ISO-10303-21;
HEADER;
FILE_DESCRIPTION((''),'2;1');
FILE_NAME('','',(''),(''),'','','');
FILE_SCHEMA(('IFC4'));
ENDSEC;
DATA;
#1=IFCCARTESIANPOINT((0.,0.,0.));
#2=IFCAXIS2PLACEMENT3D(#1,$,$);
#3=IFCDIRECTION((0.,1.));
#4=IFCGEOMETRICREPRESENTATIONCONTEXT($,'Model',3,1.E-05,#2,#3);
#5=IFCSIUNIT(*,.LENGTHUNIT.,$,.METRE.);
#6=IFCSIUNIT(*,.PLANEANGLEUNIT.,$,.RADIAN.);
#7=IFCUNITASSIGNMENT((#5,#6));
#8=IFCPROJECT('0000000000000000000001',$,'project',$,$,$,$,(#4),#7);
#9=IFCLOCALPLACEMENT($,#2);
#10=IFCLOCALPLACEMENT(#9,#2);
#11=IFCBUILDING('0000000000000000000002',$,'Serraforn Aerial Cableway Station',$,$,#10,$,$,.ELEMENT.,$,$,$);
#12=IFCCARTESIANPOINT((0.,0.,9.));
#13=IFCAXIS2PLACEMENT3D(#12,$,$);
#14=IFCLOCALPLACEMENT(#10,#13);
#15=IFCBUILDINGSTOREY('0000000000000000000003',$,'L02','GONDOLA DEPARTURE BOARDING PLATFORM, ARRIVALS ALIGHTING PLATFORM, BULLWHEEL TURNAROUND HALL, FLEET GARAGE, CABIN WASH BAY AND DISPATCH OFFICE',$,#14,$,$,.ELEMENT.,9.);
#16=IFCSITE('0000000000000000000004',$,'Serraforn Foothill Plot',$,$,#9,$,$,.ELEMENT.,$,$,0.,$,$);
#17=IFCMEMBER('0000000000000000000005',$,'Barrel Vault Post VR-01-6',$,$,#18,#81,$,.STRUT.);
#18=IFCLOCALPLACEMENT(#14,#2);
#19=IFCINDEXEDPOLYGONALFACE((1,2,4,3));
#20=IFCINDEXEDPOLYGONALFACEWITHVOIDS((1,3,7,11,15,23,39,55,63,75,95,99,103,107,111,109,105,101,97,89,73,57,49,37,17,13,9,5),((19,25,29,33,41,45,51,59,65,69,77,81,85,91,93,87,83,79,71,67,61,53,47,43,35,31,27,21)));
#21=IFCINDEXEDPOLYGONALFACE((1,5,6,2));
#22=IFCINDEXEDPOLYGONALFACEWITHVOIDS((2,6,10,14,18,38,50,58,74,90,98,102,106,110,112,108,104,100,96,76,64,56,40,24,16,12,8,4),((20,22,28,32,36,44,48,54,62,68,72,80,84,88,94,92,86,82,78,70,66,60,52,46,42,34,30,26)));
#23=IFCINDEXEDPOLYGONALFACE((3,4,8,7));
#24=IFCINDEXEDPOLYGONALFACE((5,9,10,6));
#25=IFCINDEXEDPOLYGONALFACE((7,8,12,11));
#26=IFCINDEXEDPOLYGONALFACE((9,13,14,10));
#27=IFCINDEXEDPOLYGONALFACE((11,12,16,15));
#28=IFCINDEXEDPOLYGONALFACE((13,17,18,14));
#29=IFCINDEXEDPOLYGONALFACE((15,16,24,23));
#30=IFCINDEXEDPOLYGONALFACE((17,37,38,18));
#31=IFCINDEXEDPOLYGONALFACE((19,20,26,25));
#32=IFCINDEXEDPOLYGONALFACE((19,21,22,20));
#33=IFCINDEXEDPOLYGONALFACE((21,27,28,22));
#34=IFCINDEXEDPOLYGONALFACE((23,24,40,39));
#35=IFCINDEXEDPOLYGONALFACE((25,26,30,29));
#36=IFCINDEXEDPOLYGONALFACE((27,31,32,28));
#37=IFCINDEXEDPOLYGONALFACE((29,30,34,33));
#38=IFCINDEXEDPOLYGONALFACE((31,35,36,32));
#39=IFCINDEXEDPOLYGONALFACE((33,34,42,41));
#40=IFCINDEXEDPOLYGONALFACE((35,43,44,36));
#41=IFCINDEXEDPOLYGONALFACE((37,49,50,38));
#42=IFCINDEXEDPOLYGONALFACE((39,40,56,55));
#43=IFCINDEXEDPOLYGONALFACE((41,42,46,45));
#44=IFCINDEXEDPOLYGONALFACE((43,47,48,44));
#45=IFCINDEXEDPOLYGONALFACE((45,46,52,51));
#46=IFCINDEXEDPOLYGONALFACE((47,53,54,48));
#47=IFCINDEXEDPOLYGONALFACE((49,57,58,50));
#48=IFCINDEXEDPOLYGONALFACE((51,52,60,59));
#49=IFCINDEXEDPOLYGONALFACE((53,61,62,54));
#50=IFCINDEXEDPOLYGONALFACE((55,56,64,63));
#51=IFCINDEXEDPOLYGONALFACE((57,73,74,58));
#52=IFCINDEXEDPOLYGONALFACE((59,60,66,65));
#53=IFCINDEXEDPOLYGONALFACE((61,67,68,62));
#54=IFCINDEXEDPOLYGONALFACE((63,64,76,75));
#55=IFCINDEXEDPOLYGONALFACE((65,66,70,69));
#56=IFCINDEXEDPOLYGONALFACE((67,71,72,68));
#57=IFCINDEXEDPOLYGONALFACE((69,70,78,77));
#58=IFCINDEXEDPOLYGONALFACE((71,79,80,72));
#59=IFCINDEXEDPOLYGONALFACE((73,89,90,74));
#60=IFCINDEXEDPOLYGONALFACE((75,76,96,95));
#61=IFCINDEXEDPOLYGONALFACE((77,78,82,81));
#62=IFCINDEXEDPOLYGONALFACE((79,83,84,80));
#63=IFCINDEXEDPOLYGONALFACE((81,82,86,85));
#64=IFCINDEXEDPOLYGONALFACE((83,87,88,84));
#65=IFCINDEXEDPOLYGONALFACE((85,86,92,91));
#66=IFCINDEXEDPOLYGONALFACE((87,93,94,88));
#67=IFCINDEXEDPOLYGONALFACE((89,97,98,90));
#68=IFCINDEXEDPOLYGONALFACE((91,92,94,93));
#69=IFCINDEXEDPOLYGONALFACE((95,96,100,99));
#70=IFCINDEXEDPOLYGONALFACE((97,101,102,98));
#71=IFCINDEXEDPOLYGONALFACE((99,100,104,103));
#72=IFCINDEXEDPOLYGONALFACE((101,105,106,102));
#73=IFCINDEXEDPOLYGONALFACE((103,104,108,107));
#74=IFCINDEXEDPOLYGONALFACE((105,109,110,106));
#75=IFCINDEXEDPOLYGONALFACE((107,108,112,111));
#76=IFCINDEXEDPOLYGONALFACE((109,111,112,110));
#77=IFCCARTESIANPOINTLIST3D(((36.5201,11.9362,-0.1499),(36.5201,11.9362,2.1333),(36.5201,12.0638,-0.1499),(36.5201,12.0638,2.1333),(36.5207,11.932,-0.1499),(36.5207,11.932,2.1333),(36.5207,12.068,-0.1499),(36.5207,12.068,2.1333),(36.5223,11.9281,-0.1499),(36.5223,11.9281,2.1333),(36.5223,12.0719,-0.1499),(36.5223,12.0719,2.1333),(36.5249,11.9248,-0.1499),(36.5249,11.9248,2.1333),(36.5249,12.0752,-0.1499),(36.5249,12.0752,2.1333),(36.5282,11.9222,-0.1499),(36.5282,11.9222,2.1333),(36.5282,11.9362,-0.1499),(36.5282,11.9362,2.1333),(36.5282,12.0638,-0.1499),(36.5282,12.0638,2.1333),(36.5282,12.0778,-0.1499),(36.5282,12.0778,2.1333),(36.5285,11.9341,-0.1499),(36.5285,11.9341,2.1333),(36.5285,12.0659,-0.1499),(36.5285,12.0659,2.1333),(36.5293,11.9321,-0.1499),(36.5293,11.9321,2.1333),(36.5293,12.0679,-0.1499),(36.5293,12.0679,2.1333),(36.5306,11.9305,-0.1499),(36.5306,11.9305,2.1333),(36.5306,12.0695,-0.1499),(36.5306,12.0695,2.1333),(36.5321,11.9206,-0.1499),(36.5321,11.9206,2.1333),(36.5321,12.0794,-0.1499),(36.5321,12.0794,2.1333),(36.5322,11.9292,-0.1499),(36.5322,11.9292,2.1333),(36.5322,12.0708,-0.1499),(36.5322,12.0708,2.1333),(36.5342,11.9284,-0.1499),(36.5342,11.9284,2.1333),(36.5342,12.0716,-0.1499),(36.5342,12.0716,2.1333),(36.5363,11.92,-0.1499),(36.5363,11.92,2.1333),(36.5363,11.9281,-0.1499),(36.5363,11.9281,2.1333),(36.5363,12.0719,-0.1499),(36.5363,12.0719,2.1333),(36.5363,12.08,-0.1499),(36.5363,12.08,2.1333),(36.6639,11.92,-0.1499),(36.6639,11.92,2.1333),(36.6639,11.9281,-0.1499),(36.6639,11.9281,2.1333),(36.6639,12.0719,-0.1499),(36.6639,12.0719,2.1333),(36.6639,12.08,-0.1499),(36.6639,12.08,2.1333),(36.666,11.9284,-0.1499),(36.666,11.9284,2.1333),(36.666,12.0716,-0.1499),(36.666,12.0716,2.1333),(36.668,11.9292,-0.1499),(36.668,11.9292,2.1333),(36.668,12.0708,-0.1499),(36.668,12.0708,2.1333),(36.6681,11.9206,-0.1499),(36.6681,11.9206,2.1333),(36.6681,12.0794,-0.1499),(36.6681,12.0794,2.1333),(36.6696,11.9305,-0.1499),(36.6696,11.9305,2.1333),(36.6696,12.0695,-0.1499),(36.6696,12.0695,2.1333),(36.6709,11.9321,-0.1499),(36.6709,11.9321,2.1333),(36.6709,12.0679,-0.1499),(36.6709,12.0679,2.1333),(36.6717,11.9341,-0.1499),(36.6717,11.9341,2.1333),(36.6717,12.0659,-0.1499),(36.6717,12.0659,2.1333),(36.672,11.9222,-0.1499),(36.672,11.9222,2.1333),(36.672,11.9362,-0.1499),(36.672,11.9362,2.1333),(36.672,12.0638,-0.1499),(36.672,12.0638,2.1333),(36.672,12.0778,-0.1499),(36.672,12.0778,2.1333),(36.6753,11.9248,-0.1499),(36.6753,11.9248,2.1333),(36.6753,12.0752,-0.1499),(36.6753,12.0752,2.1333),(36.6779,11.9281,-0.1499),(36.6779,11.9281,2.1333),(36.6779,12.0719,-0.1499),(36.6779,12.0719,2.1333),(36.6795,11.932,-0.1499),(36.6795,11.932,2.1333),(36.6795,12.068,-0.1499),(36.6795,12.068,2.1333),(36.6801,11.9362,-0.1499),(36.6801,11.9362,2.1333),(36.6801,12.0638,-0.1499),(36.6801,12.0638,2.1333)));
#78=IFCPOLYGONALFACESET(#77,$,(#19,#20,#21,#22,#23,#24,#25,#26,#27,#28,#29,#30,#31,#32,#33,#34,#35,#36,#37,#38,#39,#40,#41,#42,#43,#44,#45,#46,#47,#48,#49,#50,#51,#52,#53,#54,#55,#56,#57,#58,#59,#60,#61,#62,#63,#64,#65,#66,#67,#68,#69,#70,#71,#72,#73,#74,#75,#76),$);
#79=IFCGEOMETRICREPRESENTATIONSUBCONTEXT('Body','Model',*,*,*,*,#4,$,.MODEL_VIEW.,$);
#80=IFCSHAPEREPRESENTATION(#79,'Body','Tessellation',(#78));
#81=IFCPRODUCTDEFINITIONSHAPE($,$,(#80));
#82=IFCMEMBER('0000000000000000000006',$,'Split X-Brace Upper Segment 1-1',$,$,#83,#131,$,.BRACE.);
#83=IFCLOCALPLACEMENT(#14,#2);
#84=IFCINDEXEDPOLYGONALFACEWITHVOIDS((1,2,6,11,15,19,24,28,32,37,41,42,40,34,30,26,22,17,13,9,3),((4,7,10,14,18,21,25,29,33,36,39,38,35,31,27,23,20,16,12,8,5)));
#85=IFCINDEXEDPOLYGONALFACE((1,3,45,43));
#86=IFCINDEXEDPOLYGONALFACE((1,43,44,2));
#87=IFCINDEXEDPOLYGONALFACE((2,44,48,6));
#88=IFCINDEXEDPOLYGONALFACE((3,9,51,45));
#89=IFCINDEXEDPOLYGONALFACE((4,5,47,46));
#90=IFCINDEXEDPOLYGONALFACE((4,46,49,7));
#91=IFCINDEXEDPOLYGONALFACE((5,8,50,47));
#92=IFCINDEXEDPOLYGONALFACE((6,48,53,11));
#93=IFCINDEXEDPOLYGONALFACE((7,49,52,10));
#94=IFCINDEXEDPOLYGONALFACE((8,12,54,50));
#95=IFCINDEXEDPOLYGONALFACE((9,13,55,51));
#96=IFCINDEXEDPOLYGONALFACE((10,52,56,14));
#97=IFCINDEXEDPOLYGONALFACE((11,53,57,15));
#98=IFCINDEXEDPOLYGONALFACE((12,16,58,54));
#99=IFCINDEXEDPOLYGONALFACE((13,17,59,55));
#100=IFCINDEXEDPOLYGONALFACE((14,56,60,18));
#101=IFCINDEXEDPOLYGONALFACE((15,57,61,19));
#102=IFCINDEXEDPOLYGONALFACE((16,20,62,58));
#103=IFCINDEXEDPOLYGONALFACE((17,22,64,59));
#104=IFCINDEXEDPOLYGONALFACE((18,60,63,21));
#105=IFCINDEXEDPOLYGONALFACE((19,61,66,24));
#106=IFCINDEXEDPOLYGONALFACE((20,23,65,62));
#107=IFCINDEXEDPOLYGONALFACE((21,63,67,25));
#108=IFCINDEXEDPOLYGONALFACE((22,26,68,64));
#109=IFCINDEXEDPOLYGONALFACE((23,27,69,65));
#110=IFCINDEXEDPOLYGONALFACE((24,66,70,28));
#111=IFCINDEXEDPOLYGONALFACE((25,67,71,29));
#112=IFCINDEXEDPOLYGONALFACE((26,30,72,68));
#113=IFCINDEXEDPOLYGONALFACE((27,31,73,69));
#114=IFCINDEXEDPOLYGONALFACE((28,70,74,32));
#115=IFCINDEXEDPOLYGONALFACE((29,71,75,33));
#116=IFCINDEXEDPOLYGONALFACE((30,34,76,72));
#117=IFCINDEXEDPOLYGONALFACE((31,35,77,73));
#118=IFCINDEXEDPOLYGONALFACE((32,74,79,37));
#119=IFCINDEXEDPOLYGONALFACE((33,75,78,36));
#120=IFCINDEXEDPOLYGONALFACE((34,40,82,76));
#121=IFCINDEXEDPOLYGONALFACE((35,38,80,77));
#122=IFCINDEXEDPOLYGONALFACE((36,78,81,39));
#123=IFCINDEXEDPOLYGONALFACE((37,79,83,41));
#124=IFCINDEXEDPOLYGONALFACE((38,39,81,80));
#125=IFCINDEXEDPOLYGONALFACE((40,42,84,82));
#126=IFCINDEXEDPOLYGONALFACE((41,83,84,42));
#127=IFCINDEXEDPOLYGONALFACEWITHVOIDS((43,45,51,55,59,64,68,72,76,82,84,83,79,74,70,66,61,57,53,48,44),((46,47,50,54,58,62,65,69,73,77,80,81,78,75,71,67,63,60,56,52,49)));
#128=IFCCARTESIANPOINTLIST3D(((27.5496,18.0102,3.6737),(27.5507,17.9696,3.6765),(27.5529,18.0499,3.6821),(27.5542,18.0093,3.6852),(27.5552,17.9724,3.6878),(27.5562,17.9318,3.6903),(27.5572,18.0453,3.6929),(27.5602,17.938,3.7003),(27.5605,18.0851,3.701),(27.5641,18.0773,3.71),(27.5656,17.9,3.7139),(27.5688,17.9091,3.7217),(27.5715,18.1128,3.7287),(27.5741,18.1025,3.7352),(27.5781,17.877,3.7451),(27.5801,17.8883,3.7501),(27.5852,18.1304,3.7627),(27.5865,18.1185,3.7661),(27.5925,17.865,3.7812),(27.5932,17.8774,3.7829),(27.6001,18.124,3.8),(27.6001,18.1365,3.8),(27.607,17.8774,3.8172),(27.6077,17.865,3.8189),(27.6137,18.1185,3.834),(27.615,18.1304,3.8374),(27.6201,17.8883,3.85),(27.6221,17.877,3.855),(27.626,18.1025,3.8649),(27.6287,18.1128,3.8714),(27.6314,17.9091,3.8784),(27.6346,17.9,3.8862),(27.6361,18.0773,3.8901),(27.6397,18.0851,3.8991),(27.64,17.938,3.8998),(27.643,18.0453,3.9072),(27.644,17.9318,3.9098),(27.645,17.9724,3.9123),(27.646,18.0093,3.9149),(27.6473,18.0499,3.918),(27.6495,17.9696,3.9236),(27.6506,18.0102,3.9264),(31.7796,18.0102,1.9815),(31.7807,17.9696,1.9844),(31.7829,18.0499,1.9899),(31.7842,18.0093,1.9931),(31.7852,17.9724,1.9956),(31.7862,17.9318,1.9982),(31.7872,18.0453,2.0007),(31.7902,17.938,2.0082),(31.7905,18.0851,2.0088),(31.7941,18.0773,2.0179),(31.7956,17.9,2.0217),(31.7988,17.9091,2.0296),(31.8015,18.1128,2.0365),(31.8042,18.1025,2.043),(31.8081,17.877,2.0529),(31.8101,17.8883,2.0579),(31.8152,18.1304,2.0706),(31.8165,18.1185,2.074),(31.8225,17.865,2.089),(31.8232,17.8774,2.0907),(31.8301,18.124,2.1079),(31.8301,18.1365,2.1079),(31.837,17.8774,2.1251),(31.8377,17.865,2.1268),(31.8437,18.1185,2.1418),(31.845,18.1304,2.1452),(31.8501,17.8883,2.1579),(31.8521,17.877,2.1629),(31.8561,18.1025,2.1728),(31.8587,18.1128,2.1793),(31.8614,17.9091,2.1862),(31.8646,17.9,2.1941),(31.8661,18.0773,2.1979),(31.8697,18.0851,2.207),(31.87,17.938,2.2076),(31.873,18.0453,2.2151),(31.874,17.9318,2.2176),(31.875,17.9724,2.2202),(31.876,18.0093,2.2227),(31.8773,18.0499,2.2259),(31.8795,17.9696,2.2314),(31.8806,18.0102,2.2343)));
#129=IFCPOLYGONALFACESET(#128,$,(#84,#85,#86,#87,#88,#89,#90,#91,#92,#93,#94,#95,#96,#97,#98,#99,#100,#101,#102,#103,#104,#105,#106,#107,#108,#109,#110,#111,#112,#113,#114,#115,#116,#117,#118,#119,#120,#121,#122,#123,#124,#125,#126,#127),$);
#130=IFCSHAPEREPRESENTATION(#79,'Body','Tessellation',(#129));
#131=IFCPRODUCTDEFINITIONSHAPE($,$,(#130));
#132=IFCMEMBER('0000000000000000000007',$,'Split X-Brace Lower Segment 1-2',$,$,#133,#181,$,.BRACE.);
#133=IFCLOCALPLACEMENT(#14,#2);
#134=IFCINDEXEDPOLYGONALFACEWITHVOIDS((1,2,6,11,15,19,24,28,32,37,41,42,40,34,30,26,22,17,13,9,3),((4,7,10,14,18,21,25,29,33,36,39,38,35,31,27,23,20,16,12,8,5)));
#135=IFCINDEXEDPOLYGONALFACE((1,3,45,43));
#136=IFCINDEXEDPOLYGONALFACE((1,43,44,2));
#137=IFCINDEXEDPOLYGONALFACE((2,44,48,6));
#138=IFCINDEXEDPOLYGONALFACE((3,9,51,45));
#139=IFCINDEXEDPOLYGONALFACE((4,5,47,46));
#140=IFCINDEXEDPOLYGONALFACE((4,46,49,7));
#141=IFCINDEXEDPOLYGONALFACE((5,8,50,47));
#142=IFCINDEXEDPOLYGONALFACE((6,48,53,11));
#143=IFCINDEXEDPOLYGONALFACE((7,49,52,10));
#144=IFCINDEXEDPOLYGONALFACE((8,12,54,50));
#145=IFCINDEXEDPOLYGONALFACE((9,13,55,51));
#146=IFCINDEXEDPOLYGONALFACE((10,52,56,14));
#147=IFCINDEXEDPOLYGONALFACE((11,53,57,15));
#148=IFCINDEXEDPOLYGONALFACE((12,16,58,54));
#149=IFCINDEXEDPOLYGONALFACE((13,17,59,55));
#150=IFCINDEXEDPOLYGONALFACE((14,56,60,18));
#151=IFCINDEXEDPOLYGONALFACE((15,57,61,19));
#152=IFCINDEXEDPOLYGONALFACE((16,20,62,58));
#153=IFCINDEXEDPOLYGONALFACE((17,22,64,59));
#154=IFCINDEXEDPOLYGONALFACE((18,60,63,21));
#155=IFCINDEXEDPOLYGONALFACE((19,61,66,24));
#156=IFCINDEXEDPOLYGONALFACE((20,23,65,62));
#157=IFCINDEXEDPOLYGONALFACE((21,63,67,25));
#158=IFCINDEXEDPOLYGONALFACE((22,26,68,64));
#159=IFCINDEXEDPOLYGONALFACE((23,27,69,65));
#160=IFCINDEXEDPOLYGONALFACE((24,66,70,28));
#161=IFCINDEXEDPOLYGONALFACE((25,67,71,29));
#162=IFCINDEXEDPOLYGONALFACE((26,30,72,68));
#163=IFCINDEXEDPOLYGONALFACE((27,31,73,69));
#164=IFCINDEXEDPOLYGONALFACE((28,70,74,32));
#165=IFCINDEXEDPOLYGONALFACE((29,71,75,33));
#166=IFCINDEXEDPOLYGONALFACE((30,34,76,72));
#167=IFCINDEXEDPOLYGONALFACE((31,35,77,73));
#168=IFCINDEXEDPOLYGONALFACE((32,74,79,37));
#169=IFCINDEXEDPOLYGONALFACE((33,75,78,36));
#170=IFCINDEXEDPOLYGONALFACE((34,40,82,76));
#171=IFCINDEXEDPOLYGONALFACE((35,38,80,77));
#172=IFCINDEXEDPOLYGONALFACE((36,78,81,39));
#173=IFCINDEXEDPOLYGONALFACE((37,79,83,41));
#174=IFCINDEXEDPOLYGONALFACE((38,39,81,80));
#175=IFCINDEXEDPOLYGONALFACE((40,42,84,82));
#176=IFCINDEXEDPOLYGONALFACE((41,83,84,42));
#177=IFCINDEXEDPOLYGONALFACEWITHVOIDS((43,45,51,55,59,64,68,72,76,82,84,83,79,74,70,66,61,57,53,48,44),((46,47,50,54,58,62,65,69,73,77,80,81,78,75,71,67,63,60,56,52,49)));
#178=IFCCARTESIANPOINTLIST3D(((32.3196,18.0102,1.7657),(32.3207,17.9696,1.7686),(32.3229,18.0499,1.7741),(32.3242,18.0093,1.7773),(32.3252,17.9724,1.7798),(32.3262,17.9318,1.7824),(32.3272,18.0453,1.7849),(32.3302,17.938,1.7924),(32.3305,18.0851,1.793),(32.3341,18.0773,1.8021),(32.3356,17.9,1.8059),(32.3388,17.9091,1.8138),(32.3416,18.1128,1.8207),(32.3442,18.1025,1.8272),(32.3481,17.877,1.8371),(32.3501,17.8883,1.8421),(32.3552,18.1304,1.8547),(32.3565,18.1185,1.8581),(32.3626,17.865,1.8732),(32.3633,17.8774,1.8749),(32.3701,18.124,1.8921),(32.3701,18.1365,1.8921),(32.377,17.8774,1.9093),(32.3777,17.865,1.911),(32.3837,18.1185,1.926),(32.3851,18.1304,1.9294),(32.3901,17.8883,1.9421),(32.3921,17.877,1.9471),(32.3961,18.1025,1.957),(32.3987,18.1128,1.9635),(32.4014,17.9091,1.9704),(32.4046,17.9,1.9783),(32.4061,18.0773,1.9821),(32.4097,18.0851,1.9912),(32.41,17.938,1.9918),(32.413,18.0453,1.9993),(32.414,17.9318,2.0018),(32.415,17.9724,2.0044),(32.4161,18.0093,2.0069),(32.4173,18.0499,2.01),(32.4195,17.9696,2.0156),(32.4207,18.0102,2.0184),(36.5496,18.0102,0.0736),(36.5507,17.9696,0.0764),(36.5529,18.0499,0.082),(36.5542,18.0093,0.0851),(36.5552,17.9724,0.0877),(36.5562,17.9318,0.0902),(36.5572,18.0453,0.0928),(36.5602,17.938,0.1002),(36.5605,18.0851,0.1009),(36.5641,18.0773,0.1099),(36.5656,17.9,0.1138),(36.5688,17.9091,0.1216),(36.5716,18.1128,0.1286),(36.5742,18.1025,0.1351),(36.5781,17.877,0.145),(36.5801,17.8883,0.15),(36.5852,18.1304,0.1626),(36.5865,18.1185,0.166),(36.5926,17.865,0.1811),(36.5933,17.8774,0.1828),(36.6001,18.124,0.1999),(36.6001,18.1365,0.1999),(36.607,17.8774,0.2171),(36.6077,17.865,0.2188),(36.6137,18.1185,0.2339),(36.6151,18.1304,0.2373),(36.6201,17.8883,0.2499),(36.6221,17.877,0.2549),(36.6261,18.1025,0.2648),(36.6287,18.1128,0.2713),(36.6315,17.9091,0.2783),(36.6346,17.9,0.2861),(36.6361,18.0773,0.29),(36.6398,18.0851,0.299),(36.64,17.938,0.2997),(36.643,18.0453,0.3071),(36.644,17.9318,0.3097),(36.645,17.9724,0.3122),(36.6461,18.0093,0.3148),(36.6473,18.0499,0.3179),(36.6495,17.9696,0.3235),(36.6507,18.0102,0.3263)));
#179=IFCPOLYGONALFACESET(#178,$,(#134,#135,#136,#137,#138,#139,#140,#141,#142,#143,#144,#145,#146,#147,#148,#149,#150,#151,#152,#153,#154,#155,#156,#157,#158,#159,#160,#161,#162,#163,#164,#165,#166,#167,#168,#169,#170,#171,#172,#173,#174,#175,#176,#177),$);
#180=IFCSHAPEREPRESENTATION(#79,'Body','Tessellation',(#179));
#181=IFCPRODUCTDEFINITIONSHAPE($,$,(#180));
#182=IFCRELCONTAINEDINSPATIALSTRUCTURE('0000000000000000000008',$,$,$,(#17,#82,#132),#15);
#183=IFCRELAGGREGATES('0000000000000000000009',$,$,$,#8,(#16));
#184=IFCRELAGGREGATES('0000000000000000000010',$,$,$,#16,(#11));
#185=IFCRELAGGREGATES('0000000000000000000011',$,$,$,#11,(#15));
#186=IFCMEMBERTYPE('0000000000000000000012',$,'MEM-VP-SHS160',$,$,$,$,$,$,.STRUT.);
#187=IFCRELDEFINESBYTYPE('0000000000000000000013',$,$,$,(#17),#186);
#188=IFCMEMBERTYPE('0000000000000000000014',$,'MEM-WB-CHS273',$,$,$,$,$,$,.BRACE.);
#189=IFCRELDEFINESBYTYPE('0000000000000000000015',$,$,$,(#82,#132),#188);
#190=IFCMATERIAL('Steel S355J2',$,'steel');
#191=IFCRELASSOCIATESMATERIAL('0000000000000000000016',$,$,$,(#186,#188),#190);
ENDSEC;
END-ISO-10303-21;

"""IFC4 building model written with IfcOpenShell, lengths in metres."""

from ifc_helpers import new_model, si_unit, direction, frame, origin, origin_2d, place, context, subcontext, project, spatial, hollow_rectangle, hollow_circle, extrude, material, material_profile, profile_set, type_object, element, save


model = new_model("IFC4")

# Units and contexts
model_context = context("Model", 3, precision=1e-05, world=origin(), true_north=direction((0.0, 1.0)))
body_context = subcontext(model_context, "Body", "Model", "MODEL_VIEW")
ifc_project = project(units=[si_unit("LENGTHUNIT", "METRE"), si_unit("PLANEANGLEUNIT", "RADIAN")], contexts=[model_context])

# Site, building, storey
site_placement = place(None, origin())
site = spatial("IfcSite", under=ifc_project, at=site_placement, Name="Serraforn Foothill Plot", CompositionType="ELEMENT", RefElevation=0.0)
building_placement = place(site_placement, origin())
building = spatial("IfcBuilding", under=site, at=building_placement, Name="Serraforn Aerial Cableway Station", CompositionType="ELEMENT")
storey_placement = place(building_placement, frame((0.0, 0.0, 9.0)))
storey = spatial("IfcBuildingStorey", under=building, at=storey_placement, Name="L02", Description="GONDOLA DEPARTURE BOARDING PLATFORM, ARRIVALS ALIGHTING PLATFORM, BULLWHEEL TURNAROUND HALL, FLEET GARAGE, CABIN WASH BAY AND DISPATCH OFFICE", CompositionType="ELEMENT", Elevation=9.0)

# Shared definitions
ifc_material_1 = material(Name="Steel S355J2", Category="steel")

# Members
ifc_material_profile_1 = material_profile(ifc_material_1, hollow_rectangle(XDim=0.1599, YDim=0.1599, WallThickness=0.0081, InnerFilletRadius=0.0081, OuterFilletRadius=0.0161, at=origin_2d()), Name="SHS 160x160x8.0")
ifc_profile_set_1 = profile_set([ifc_material_profile_1], Name="Steel S355J2")
member_type_1 = type_object("IfcMemberType", Name="MEM-VP-SHS160", PredefinedType="STRUT", material=ifc_profile_set_1)
member_1_placement = place(storey_placement, frame((36.6001, 12.0, -0.1499), z_axis=(0.0, 0.0, 1.0), x_axis=(1.0, 0.0, 0.0)))
element("IfcMember", 1, at=member_1_placement, inside=storey, type_object=member_type_1, Name="Barrel Vault Post VR-01-6", PredefinedType="STRUT", context=body_context, shape_type="SweptSolid", body=[
    extrude(hollow_rectangle(XDim=0.1599, YDim=0.1599, WallThickness=0.0081, InnerFilletRadius=0.0081, OuterFilletRadius=0.0161, at=origin_2d()), origin(), (0.0, 0.0, 1.0), 2.2832),
])
ifc_material_profile_2 = material_profile(ifc_material_1, hollow_circle(Radius=0.1365, WallThickness=0.0125, at=origin_2d()), Name="CHS 273.0x12.5")
ifc_profile_set_2 = profile_set([ifc_material_profile_2], Name="Steel S355J2")
member_type_2 = type_object("IfcMemberType", Name="MEM-WB-CHS273", PredefinedType="BRACE", material=ifc_profile_set_2)
for number, where, z_axis, x_axis, name in (
    (2, (27.6001, 18.0, 3.8), (0.928466, 0.0, -0.371418), (0.0, 1.0, 0.0), "Split X-Brace Upper Segment 1-1"),
    (3, (32.3701, 18.0, 1.8921), (0.928466, 0.0, -0.371418), (0.0, 1.0, 0.0), "Split X-Brace Lower Segment 1-2"),
):
    element("IfcMember", number, at=place(storey_placement, frame(where, z_axis=z_axis, x_axis=x_axis)), inside=storey, type_object=member_type_2, Name=name, PredefinedType="BRACE", context=body_context, shape_type="SweptSolid", body=[
        extrude(hollow_circle(Radius=0.1365, WallThickness=0.0125, at=origin_2d()), origin(), (0.0, 0.0, 1.0), 4.5559),
    ])

save(model, "model.ifc")
